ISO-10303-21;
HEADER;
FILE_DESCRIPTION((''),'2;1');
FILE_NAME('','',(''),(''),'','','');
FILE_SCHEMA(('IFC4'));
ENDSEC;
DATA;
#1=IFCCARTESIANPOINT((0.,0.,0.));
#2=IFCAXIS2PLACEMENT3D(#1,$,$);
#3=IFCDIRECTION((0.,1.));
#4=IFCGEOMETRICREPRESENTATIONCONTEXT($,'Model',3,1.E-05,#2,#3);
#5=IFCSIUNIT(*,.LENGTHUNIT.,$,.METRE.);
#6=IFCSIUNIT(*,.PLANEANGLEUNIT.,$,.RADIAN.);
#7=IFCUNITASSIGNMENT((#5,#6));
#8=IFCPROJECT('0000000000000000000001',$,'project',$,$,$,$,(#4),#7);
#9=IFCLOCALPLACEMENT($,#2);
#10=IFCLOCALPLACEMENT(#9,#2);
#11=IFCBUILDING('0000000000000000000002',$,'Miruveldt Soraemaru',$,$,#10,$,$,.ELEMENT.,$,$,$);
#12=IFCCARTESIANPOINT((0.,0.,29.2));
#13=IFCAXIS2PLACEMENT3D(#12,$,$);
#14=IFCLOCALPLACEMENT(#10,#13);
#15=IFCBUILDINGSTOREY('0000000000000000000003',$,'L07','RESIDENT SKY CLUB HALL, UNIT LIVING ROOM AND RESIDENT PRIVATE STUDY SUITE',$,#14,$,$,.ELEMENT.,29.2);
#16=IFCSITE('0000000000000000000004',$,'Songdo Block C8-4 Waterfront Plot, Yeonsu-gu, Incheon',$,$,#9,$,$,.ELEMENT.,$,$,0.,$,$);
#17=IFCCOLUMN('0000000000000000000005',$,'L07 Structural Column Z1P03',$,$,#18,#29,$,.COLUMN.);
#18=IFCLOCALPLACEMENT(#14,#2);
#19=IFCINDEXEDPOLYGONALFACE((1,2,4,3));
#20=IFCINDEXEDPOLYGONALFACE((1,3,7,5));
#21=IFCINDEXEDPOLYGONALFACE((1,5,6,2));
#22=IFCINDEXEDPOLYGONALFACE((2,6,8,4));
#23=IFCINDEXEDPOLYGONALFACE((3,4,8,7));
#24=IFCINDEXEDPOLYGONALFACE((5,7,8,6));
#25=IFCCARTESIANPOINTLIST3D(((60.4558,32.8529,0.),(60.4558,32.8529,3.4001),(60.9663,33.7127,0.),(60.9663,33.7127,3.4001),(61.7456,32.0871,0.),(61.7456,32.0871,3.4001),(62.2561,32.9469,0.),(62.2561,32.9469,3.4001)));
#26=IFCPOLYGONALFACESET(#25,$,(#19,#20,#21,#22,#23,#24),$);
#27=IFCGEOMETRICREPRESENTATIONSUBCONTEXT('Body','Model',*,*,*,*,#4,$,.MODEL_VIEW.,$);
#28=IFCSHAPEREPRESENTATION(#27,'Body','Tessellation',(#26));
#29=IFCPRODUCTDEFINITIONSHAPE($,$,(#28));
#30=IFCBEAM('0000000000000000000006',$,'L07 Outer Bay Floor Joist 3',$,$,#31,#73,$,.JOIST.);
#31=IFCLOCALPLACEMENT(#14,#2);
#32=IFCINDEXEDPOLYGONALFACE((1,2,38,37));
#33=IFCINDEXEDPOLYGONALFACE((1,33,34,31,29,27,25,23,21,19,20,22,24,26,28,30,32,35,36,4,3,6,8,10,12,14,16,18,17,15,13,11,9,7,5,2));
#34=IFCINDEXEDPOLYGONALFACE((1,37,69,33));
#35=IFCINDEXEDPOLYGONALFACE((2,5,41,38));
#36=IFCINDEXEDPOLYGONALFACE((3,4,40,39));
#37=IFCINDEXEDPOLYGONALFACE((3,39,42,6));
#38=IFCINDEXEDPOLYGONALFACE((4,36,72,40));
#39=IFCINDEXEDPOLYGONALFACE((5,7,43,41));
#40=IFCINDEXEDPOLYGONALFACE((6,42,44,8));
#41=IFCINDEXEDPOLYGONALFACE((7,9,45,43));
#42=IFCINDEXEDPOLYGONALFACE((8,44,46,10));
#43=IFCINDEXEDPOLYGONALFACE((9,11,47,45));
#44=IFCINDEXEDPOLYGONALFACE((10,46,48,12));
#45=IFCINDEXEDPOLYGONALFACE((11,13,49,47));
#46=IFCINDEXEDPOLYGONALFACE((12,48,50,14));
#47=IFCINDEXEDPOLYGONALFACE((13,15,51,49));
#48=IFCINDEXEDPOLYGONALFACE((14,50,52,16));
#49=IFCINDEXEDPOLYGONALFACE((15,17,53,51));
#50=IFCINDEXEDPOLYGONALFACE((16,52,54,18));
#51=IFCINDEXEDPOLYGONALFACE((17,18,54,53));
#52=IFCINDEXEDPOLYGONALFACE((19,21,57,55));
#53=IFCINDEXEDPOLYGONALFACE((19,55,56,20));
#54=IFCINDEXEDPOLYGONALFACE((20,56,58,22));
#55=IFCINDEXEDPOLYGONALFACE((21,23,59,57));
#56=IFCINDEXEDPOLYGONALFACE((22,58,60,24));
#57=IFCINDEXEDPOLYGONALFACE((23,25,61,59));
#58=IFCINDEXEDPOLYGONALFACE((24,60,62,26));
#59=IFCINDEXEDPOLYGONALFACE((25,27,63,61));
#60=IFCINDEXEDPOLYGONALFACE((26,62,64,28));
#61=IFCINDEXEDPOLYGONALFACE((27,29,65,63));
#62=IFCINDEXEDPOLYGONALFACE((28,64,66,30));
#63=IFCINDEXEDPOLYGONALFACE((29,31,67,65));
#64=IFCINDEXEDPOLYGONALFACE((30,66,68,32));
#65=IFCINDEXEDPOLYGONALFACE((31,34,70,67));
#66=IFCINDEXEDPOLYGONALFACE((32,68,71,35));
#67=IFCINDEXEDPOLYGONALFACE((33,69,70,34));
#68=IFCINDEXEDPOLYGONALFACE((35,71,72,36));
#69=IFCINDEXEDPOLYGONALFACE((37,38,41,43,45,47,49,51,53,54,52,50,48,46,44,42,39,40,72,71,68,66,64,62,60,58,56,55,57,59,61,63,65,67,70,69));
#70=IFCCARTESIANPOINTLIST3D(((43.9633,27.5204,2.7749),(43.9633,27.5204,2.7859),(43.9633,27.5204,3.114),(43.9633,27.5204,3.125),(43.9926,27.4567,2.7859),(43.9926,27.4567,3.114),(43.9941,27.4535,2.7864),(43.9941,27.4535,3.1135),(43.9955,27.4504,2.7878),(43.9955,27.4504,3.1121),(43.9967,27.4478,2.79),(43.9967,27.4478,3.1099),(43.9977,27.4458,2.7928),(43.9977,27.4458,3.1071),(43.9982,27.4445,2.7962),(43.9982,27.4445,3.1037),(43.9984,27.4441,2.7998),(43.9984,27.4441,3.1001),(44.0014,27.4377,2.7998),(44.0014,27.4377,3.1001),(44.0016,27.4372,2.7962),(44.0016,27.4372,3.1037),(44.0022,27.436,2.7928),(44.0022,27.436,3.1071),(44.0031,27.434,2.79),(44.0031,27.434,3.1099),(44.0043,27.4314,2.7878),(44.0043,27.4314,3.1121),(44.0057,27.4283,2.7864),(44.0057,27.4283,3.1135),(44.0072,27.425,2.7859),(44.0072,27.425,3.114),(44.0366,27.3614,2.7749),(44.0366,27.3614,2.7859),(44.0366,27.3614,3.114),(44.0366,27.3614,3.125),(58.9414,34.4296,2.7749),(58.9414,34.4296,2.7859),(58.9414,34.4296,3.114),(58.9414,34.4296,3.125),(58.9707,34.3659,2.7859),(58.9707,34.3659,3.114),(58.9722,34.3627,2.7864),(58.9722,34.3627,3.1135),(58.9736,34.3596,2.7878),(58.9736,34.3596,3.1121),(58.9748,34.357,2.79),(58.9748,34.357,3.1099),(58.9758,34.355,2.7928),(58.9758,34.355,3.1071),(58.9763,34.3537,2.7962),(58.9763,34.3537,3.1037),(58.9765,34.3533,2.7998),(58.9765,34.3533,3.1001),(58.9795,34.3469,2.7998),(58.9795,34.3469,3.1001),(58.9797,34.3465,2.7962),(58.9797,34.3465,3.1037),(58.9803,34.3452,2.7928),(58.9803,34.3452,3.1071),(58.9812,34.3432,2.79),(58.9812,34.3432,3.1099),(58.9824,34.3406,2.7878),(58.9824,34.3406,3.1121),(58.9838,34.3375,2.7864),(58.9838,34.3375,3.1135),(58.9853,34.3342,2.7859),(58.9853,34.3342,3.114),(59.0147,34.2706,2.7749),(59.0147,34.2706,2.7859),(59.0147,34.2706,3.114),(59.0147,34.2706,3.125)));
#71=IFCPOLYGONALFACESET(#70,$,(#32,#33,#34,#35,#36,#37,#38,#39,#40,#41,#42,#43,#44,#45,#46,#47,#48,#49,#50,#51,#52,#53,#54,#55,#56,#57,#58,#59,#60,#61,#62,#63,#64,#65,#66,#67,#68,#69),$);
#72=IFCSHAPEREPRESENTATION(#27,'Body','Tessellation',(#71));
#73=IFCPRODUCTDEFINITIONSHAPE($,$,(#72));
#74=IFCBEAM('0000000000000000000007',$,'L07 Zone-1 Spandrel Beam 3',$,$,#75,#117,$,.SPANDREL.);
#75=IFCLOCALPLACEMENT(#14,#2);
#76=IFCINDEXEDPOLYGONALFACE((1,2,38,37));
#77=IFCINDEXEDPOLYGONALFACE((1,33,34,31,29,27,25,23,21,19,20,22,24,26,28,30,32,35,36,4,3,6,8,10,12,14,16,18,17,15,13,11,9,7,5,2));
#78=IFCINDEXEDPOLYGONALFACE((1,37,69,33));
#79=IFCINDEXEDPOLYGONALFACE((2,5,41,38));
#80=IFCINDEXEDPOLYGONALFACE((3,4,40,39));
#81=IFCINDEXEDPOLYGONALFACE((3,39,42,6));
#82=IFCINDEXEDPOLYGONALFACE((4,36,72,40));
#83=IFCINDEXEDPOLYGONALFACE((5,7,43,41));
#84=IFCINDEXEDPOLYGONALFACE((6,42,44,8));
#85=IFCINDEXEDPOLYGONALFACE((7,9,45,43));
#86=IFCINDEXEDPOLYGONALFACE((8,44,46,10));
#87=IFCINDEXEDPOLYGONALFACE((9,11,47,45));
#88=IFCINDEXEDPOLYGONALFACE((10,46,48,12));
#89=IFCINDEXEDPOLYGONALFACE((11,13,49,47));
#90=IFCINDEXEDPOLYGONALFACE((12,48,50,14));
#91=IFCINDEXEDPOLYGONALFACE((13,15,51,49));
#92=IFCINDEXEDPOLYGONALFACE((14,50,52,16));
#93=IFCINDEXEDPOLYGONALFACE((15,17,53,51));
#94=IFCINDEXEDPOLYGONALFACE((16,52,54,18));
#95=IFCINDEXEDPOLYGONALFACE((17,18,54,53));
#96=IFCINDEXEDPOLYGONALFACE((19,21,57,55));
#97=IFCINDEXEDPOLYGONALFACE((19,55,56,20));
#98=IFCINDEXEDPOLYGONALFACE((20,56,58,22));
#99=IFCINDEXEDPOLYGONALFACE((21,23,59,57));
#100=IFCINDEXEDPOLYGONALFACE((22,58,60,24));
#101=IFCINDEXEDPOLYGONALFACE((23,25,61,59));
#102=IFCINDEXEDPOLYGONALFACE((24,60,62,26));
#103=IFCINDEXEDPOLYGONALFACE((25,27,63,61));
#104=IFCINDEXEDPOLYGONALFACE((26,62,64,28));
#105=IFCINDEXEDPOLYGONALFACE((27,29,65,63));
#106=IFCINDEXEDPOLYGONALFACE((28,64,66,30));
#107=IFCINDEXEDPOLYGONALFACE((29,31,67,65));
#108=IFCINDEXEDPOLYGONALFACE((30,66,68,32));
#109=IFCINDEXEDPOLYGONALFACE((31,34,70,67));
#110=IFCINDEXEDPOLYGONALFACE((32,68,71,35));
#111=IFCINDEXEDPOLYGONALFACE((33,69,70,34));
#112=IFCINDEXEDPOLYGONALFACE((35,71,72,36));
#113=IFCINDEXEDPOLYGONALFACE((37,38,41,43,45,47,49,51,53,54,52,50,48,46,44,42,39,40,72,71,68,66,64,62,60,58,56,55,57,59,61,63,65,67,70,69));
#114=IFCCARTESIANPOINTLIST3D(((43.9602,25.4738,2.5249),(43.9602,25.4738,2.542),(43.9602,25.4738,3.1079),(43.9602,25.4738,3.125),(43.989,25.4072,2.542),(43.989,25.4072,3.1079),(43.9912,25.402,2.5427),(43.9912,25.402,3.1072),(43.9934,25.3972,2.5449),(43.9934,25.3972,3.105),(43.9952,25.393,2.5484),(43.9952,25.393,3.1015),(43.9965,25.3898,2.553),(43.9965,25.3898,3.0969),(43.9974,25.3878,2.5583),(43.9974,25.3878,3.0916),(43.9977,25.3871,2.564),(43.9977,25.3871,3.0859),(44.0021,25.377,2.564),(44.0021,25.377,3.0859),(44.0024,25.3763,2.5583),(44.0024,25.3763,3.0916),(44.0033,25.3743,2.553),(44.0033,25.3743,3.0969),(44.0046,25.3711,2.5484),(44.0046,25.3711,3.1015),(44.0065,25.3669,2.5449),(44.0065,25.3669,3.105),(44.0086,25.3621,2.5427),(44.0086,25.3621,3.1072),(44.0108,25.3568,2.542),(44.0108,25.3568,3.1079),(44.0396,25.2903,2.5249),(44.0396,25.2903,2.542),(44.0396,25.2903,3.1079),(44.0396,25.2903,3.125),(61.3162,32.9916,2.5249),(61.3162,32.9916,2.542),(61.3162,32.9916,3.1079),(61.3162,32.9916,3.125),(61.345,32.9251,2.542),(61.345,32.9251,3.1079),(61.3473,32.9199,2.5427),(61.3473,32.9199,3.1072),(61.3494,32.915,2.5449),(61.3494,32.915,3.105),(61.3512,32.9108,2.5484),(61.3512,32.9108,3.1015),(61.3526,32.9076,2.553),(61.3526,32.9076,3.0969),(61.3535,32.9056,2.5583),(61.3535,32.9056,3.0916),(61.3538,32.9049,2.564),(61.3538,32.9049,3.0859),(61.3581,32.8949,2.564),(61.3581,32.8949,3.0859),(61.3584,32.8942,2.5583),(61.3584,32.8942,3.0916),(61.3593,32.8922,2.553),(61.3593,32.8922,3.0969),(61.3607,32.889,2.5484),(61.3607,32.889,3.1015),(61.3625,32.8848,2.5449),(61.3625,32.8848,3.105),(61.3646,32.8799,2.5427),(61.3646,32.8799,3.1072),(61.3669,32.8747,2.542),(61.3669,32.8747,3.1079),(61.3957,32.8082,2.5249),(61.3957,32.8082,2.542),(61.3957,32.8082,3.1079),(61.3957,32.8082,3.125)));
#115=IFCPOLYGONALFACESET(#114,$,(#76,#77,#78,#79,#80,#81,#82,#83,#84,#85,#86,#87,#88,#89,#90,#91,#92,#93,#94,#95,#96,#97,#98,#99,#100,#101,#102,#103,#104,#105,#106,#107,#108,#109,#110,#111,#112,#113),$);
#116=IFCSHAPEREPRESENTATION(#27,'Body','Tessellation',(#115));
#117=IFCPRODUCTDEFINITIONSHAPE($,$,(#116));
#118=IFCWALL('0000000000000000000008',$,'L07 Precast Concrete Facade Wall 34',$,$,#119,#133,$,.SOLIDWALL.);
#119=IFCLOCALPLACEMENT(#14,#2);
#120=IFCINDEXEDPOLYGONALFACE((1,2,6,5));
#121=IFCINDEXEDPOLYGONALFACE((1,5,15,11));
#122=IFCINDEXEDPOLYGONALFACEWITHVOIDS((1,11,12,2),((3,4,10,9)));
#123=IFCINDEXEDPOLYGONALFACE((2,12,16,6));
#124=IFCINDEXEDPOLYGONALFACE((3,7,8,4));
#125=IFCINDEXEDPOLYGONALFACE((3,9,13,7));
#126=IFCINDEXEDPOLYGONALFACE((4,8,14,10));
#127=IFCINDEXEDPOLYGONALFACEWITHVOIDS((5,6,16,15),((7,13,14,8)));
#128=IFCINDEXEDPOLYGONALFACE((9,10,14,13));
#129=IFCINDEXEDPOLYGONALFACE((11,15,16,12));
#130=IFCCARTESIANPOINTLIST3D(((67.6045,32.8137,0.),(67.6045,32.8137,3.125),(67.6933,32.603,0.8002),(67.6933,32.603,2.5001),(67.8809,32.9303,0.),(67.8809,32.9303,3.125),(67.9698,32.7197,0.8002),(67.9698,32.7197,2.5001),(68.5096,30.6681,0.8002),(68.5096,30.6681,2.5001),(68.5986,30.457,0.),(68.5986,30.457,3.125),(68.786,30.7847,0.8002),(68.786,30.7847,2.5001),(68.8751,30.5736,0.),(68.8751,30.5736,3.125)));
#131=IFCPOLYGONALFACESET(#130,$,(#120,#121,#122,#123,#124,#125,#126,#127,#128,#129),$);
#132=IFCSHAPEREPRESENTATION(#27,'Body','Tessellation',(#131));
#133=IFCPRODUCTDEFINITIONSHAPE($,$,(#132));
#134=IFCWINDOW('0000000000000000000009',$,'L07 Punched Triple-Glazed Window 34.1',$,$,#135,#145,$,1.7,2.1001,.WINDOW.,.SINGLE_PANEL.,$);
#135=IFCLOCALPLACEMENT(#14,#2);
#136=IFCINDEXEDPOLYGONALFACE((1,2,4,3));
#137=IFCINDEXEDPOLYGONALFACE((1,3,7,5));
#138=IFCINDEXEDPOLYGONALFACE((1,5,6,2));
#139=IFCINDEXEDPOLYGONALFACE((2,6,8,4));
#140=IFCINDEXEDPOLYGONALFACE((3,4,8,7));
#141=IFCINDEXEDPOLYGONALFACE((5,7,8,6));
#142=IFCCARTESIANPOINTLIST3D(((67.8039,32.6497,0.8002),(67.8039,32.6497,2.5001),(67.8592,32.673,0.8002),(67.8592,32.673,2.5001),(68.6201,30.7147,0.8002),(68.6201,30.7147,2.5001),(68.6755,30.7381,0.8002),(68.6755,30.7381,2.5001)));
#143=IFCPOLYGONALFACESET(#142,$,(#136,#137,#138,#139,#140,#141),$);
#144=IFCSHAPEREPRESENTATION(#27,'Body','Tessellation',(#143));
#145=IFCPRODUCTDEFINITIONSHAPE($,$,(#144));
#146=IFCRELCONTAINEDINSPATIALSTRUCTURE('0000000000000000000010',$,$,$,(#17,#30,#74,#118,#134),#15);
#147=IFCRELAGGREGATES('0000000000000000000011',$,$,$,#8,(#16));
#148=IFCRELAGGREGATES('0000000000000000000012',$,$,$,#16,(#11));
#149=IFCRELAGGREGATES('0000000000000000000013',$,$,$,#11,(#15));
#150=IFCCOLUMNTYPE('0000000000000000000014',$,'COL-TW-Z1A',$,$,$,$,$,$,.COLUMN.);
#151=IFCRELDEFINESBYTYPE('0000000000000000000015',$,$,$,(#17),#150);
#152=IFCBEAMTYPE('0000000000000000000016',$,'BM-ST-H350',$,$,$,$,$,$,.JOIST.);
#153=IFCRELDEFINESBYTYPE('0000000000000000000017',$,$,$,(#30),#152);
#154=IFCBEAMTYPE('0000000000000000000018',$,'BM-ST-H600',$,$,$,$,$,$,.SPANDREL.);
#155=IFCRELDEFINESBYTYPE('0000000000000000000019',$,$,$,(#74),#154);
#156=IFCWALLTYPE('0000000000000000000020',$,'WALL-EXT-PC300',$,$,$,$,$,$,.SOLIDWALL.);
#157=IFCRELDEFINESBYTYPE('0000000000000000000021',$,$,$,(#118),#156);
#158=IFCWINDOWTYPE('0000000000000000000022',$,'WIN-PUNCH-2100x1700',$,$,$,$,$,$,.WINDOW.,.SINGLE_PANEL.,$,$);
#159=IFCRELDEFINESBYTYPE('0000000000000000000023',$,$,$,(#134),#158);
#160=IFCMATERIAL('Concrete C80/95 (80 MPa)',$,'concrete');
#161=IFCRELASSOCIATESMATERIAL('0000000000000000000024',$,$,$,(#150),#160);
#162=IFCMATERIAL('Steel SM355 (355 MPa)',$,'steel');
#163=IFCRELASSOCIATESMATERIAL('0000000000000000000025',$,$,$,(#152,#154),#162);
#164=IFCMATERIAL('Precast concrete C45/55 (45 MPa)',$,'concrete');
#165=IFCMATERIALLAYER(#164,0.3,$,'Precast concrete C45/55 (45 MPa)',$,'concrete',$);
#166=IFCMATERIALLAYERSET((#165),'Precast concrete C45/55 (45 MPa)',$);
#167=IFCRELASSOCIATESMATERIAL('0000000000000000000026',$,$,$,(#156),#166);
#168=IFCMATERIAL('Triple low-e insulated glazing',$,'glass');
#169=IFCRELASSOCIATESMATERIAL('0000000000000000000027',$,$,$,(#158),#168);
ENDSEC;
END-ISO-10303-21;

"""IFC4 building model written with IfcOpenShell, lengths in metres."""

from ifc_helpers import new_model, si_unit, direction, frame, frame_2d, origin, origin_2d, place, context, subcontext, project, spatial, rectangle, i_section, extrude, material, layer, layer_set, material_profile, profile_set, type_object, element, fill, save


model = new_model("IFC4")

# Units and contexts
model_context = context("Model", 3, precision=1e-05, world=origin(), true_north=direction((0.0, 1.0)))
body_context = subcontext(model_context, "Body", "Model", "MODEL_VIEW")
ifc_project = project(units=[si_unit("LENGTHUNIT", "METRE"), si_unit("PLANEANGLEUNIT", "RADIAN")], contexts=[model_context])

# Site, building, storey
site_placement = place(None, origin())
site = spatial("IfcSite", under=ifc_project, at=site_placement, Name="Songdo Block C8-4 Waterfront Plot, Yeonsu-gu, Incheon", CompositionType="ELEMENT", RefElevation=0.0)
building_placement = place(site_placement, origin())
building = spatial("IfcBuilding", under=site, at=building_placement, Name="Miruveldt Soraemaru", CompositionType="ELEMENT")
storey_placement = place(building_placement, frame((0.0, 0.0, 29.2)))
storey = spatial("IfcBuildingStorey", under=building, at=storey_placement, Name="L07", Description="RESIDENT SKY CLUB HALL, UNIT LIVING ROOM AND RESIDENT PRIVATE STUDY SUITE", CompositionType="ELEMENT", Elevation=29.2)

# Column
ifc_material_1 = material(Name="Concrete C80/95 (80 MPa)", Category="concrete")
ifc_material_profile_1 = material_profile(ifc_material_1, rectangle(XDim=1.5, YDim=1.0, at=origin_2d()), Name="Concrete C80/95 (80 MPa)", Category="concrete")
ifc_profile_set_1 = profile_set([ifc_material_profile_1], Name="Concrete C80/95 (80 MPa)")
column_type = type_object("IfcColumnType", Name="COL-TW-Z1A", PredefinedType="COLUMN", material=ifc_profile_set_1)
column_placement = place(storey_placement, frame((61.356, 32.8999, 0.0), z_axis=(0.0, 0.0, 1.0), x_axis=(-0.859852, 0.510543, 0.0)))
element("IfcColumn", 1, at=column_placement, inside=storey, type_object=column_type, Name="L07 Structural Column Z1P03", PredefinedType="COLUMN", context=body_context, shape_type="SweptSolid", body=[
    extrude(rectangle(XDim=1.5, YDim=1.0, at=origin_2d()), origin(), (0.0, 0.0, 1.0), 3.4001),
])

# Beams
ifc_material_2 = material(Name="Steel SM355 (355 MPa)", Category="steel")
ifc_material_profile_2 = material_profile(ifc_material_2, i_section(OverallWidth=0.175, OverallDepth=0.3501, WebThickness=0.0071, FlangeThickness=0.011, FilletRadius=0.0139, at=origin_2d()), Name="Steel SM355 (355 MPa)", Category="steel")
ifc_profile_set_2 = profile_set([ifc_material_profile_2], Name="Steel SM355 (355 MPa)")
beam_type_1 = type_object("IfcBeamType", Name="BM-ST-H350", PredefinedType="JOIST", material=ifc_profile_set_2)
beam_1_placement = place(storey_placement, frame((58.978, 34.3501, 2.95), z_axis=(-0.908046, -0.41887, 0.0), x_axis=(0.41887, -0.908046, 0.0)))
element("IfcBeam", 2, at=beam_1_placement, inside=storey, type_object=beam_type_1, Name="L07 Outer Bay Floor Joist 3", PredefinedType="JOIST", context=body_context, shape_type="SweptSolid", body=[
    extrude(i_section(OverallWidth=0.175, OverallDepth=0.3501, WebThickness=0.0071, FlangeThickness=0.011, FilletRadius=0.0139, at=origin_2d()), origin(), (0.0, 0.0, 1.0), 16.4949),
])
ifc_material_profile_3 = material_profile(ifc_material_2, i_section(OverallWidth=0.2, OverallDepth=0.6001, WebThickness=0.011, FlangeThickness=0.0171, FilletRadius=0.022, at=origin_2d()), Name="Steel SM355 (355 MPa)", Category="steel")
ifc_profile_set_3 = profile_set([ifc_material_profile_3], Name="Steel SM355 (355 MPa)")
beam_type_2 = type_object("IfcBeamType", Name="BM-ST-H600", PredefinedType="SPANDREL", material=ifc_profile_set_3)
beam_2_placement = place(storey_placement, frame((61.356, 32.8999, 2.825), z_axis=(-0.917615, -0.39747, 0.0), x_axis=(0.39747, -0.917615, 0.0)))
element("IfcBeam", 3, at=beam_2_placement, inside=storey, type_object=beam_type_2, Name="L07 Zone-1 Spandrel Beam 3", PredefinedType="SPANDREL", context=body_context, shape_type="SweptSolid", body=[
    extrude(i_section(OverallWidth=0.2, OverallDepth=0.6001, WebThickness=0.011, FlangeThickness=0.0171, FilletRadius=0.022, at=origin_2d()), origin(), (0.0, 0.0, 1.0), 18.9143),
])

# Wall, opening, window
ifc_material_3 = material(Name="Precast concrete C45/55 (45 MPa)", Category="concrete")
ifc_layer_1 = layer(ifc_material_3, 0.3, Name="Precast concrete C45/55 (45 MPa)", Category="concrete")
ifc_layer_set_1 = layer_set([ifc_layer_1], Name="Precast concrete C45/55 (45 MPa)")
wall_type_1 = type_object("IfcWallType", Name="WALL-EXT-PC300", PredefinedType="SOLIDWALL", material=ifc_layer_set_1)
wall_1_placement = place(storey_placement, frame((68.7368, 30.5154, 0.0), z_axis=(0.0, 0.0, 1.0), x_axis=(-0.388671, 0.921376, 0.0)))
wall_1 = element("IfcWall", 4, at=wall_1_placement, inside=storey, type_object=wall_type_1, Name="L07 Precast Concrete Facade Wall 34", PredefinedType="SOLIDWALL", context=body_context, shape_type="SweptSolid", body=[
    extrude(rectangle(XDim=2.5579, YDim=0.3, at=frame_2d((1.2788, 0.0))), origin(), (0.0, 0.0, 1.0), 3.125),
])
opening_1_placement = place(wall_1_placement, frame((0.229, 0.0, 0.8)))
opening_1 = element("IfcOpeningElement", 5, at=opening_1_placement, cuts=wall_1, PredefinedType="OPENING", context=body_context, shape_type="SweptSolid", body=[
    extrude(rectangle(XDim=2.1001, YDim=1.7, at=frame_2d((1.05, 0.8501))), frame((0.0, 0.1602, 0.0), z_axis=(0.0, -1.0, 0.0), x_axis=(1.0, 0.0, 0.0)), (0.0, 0.0, 1.0), 0.3201),
])
ifc_material_4 = material(Name="Triple low-e insulated glazing", Category="glass")
window_type_1 = type_object("IfcWindowType", Name="WIN-PUNCH-2100x1700", PartitioningType="SINGLE_PANEL", PredefinedType="WINDOW", material=ifc_material_4)
window_1_placement = place(opening_1_placement, origin())
window_1 = element("IfcWindow", 6, at=window_1_placement, inside=storey, type_object=window_type_1, Name="L07 Punched Triple-Glazed Window 34.1", OverallHeight=1.7, OverallWidth=2.1001, PartitioningType="SINGLE_PANEL", PredefinedType="WINDOW", context=body_context, shape_type="SweptSolid", body=[
    extrude(rectangle(XDim=2.1001, YDim=1.7, at=frame_2d((1.05, 0.8501))), frame((0.0, 0.03, 0.0), z_axis=(0.0, -1.0, 0.0), x_axis=(1.0, 0.0, 0.0)), (0.0, 0.0, 1.0), 0.0601),
])
fill(opening_1, window_1)

save(model, "model.ifc")
